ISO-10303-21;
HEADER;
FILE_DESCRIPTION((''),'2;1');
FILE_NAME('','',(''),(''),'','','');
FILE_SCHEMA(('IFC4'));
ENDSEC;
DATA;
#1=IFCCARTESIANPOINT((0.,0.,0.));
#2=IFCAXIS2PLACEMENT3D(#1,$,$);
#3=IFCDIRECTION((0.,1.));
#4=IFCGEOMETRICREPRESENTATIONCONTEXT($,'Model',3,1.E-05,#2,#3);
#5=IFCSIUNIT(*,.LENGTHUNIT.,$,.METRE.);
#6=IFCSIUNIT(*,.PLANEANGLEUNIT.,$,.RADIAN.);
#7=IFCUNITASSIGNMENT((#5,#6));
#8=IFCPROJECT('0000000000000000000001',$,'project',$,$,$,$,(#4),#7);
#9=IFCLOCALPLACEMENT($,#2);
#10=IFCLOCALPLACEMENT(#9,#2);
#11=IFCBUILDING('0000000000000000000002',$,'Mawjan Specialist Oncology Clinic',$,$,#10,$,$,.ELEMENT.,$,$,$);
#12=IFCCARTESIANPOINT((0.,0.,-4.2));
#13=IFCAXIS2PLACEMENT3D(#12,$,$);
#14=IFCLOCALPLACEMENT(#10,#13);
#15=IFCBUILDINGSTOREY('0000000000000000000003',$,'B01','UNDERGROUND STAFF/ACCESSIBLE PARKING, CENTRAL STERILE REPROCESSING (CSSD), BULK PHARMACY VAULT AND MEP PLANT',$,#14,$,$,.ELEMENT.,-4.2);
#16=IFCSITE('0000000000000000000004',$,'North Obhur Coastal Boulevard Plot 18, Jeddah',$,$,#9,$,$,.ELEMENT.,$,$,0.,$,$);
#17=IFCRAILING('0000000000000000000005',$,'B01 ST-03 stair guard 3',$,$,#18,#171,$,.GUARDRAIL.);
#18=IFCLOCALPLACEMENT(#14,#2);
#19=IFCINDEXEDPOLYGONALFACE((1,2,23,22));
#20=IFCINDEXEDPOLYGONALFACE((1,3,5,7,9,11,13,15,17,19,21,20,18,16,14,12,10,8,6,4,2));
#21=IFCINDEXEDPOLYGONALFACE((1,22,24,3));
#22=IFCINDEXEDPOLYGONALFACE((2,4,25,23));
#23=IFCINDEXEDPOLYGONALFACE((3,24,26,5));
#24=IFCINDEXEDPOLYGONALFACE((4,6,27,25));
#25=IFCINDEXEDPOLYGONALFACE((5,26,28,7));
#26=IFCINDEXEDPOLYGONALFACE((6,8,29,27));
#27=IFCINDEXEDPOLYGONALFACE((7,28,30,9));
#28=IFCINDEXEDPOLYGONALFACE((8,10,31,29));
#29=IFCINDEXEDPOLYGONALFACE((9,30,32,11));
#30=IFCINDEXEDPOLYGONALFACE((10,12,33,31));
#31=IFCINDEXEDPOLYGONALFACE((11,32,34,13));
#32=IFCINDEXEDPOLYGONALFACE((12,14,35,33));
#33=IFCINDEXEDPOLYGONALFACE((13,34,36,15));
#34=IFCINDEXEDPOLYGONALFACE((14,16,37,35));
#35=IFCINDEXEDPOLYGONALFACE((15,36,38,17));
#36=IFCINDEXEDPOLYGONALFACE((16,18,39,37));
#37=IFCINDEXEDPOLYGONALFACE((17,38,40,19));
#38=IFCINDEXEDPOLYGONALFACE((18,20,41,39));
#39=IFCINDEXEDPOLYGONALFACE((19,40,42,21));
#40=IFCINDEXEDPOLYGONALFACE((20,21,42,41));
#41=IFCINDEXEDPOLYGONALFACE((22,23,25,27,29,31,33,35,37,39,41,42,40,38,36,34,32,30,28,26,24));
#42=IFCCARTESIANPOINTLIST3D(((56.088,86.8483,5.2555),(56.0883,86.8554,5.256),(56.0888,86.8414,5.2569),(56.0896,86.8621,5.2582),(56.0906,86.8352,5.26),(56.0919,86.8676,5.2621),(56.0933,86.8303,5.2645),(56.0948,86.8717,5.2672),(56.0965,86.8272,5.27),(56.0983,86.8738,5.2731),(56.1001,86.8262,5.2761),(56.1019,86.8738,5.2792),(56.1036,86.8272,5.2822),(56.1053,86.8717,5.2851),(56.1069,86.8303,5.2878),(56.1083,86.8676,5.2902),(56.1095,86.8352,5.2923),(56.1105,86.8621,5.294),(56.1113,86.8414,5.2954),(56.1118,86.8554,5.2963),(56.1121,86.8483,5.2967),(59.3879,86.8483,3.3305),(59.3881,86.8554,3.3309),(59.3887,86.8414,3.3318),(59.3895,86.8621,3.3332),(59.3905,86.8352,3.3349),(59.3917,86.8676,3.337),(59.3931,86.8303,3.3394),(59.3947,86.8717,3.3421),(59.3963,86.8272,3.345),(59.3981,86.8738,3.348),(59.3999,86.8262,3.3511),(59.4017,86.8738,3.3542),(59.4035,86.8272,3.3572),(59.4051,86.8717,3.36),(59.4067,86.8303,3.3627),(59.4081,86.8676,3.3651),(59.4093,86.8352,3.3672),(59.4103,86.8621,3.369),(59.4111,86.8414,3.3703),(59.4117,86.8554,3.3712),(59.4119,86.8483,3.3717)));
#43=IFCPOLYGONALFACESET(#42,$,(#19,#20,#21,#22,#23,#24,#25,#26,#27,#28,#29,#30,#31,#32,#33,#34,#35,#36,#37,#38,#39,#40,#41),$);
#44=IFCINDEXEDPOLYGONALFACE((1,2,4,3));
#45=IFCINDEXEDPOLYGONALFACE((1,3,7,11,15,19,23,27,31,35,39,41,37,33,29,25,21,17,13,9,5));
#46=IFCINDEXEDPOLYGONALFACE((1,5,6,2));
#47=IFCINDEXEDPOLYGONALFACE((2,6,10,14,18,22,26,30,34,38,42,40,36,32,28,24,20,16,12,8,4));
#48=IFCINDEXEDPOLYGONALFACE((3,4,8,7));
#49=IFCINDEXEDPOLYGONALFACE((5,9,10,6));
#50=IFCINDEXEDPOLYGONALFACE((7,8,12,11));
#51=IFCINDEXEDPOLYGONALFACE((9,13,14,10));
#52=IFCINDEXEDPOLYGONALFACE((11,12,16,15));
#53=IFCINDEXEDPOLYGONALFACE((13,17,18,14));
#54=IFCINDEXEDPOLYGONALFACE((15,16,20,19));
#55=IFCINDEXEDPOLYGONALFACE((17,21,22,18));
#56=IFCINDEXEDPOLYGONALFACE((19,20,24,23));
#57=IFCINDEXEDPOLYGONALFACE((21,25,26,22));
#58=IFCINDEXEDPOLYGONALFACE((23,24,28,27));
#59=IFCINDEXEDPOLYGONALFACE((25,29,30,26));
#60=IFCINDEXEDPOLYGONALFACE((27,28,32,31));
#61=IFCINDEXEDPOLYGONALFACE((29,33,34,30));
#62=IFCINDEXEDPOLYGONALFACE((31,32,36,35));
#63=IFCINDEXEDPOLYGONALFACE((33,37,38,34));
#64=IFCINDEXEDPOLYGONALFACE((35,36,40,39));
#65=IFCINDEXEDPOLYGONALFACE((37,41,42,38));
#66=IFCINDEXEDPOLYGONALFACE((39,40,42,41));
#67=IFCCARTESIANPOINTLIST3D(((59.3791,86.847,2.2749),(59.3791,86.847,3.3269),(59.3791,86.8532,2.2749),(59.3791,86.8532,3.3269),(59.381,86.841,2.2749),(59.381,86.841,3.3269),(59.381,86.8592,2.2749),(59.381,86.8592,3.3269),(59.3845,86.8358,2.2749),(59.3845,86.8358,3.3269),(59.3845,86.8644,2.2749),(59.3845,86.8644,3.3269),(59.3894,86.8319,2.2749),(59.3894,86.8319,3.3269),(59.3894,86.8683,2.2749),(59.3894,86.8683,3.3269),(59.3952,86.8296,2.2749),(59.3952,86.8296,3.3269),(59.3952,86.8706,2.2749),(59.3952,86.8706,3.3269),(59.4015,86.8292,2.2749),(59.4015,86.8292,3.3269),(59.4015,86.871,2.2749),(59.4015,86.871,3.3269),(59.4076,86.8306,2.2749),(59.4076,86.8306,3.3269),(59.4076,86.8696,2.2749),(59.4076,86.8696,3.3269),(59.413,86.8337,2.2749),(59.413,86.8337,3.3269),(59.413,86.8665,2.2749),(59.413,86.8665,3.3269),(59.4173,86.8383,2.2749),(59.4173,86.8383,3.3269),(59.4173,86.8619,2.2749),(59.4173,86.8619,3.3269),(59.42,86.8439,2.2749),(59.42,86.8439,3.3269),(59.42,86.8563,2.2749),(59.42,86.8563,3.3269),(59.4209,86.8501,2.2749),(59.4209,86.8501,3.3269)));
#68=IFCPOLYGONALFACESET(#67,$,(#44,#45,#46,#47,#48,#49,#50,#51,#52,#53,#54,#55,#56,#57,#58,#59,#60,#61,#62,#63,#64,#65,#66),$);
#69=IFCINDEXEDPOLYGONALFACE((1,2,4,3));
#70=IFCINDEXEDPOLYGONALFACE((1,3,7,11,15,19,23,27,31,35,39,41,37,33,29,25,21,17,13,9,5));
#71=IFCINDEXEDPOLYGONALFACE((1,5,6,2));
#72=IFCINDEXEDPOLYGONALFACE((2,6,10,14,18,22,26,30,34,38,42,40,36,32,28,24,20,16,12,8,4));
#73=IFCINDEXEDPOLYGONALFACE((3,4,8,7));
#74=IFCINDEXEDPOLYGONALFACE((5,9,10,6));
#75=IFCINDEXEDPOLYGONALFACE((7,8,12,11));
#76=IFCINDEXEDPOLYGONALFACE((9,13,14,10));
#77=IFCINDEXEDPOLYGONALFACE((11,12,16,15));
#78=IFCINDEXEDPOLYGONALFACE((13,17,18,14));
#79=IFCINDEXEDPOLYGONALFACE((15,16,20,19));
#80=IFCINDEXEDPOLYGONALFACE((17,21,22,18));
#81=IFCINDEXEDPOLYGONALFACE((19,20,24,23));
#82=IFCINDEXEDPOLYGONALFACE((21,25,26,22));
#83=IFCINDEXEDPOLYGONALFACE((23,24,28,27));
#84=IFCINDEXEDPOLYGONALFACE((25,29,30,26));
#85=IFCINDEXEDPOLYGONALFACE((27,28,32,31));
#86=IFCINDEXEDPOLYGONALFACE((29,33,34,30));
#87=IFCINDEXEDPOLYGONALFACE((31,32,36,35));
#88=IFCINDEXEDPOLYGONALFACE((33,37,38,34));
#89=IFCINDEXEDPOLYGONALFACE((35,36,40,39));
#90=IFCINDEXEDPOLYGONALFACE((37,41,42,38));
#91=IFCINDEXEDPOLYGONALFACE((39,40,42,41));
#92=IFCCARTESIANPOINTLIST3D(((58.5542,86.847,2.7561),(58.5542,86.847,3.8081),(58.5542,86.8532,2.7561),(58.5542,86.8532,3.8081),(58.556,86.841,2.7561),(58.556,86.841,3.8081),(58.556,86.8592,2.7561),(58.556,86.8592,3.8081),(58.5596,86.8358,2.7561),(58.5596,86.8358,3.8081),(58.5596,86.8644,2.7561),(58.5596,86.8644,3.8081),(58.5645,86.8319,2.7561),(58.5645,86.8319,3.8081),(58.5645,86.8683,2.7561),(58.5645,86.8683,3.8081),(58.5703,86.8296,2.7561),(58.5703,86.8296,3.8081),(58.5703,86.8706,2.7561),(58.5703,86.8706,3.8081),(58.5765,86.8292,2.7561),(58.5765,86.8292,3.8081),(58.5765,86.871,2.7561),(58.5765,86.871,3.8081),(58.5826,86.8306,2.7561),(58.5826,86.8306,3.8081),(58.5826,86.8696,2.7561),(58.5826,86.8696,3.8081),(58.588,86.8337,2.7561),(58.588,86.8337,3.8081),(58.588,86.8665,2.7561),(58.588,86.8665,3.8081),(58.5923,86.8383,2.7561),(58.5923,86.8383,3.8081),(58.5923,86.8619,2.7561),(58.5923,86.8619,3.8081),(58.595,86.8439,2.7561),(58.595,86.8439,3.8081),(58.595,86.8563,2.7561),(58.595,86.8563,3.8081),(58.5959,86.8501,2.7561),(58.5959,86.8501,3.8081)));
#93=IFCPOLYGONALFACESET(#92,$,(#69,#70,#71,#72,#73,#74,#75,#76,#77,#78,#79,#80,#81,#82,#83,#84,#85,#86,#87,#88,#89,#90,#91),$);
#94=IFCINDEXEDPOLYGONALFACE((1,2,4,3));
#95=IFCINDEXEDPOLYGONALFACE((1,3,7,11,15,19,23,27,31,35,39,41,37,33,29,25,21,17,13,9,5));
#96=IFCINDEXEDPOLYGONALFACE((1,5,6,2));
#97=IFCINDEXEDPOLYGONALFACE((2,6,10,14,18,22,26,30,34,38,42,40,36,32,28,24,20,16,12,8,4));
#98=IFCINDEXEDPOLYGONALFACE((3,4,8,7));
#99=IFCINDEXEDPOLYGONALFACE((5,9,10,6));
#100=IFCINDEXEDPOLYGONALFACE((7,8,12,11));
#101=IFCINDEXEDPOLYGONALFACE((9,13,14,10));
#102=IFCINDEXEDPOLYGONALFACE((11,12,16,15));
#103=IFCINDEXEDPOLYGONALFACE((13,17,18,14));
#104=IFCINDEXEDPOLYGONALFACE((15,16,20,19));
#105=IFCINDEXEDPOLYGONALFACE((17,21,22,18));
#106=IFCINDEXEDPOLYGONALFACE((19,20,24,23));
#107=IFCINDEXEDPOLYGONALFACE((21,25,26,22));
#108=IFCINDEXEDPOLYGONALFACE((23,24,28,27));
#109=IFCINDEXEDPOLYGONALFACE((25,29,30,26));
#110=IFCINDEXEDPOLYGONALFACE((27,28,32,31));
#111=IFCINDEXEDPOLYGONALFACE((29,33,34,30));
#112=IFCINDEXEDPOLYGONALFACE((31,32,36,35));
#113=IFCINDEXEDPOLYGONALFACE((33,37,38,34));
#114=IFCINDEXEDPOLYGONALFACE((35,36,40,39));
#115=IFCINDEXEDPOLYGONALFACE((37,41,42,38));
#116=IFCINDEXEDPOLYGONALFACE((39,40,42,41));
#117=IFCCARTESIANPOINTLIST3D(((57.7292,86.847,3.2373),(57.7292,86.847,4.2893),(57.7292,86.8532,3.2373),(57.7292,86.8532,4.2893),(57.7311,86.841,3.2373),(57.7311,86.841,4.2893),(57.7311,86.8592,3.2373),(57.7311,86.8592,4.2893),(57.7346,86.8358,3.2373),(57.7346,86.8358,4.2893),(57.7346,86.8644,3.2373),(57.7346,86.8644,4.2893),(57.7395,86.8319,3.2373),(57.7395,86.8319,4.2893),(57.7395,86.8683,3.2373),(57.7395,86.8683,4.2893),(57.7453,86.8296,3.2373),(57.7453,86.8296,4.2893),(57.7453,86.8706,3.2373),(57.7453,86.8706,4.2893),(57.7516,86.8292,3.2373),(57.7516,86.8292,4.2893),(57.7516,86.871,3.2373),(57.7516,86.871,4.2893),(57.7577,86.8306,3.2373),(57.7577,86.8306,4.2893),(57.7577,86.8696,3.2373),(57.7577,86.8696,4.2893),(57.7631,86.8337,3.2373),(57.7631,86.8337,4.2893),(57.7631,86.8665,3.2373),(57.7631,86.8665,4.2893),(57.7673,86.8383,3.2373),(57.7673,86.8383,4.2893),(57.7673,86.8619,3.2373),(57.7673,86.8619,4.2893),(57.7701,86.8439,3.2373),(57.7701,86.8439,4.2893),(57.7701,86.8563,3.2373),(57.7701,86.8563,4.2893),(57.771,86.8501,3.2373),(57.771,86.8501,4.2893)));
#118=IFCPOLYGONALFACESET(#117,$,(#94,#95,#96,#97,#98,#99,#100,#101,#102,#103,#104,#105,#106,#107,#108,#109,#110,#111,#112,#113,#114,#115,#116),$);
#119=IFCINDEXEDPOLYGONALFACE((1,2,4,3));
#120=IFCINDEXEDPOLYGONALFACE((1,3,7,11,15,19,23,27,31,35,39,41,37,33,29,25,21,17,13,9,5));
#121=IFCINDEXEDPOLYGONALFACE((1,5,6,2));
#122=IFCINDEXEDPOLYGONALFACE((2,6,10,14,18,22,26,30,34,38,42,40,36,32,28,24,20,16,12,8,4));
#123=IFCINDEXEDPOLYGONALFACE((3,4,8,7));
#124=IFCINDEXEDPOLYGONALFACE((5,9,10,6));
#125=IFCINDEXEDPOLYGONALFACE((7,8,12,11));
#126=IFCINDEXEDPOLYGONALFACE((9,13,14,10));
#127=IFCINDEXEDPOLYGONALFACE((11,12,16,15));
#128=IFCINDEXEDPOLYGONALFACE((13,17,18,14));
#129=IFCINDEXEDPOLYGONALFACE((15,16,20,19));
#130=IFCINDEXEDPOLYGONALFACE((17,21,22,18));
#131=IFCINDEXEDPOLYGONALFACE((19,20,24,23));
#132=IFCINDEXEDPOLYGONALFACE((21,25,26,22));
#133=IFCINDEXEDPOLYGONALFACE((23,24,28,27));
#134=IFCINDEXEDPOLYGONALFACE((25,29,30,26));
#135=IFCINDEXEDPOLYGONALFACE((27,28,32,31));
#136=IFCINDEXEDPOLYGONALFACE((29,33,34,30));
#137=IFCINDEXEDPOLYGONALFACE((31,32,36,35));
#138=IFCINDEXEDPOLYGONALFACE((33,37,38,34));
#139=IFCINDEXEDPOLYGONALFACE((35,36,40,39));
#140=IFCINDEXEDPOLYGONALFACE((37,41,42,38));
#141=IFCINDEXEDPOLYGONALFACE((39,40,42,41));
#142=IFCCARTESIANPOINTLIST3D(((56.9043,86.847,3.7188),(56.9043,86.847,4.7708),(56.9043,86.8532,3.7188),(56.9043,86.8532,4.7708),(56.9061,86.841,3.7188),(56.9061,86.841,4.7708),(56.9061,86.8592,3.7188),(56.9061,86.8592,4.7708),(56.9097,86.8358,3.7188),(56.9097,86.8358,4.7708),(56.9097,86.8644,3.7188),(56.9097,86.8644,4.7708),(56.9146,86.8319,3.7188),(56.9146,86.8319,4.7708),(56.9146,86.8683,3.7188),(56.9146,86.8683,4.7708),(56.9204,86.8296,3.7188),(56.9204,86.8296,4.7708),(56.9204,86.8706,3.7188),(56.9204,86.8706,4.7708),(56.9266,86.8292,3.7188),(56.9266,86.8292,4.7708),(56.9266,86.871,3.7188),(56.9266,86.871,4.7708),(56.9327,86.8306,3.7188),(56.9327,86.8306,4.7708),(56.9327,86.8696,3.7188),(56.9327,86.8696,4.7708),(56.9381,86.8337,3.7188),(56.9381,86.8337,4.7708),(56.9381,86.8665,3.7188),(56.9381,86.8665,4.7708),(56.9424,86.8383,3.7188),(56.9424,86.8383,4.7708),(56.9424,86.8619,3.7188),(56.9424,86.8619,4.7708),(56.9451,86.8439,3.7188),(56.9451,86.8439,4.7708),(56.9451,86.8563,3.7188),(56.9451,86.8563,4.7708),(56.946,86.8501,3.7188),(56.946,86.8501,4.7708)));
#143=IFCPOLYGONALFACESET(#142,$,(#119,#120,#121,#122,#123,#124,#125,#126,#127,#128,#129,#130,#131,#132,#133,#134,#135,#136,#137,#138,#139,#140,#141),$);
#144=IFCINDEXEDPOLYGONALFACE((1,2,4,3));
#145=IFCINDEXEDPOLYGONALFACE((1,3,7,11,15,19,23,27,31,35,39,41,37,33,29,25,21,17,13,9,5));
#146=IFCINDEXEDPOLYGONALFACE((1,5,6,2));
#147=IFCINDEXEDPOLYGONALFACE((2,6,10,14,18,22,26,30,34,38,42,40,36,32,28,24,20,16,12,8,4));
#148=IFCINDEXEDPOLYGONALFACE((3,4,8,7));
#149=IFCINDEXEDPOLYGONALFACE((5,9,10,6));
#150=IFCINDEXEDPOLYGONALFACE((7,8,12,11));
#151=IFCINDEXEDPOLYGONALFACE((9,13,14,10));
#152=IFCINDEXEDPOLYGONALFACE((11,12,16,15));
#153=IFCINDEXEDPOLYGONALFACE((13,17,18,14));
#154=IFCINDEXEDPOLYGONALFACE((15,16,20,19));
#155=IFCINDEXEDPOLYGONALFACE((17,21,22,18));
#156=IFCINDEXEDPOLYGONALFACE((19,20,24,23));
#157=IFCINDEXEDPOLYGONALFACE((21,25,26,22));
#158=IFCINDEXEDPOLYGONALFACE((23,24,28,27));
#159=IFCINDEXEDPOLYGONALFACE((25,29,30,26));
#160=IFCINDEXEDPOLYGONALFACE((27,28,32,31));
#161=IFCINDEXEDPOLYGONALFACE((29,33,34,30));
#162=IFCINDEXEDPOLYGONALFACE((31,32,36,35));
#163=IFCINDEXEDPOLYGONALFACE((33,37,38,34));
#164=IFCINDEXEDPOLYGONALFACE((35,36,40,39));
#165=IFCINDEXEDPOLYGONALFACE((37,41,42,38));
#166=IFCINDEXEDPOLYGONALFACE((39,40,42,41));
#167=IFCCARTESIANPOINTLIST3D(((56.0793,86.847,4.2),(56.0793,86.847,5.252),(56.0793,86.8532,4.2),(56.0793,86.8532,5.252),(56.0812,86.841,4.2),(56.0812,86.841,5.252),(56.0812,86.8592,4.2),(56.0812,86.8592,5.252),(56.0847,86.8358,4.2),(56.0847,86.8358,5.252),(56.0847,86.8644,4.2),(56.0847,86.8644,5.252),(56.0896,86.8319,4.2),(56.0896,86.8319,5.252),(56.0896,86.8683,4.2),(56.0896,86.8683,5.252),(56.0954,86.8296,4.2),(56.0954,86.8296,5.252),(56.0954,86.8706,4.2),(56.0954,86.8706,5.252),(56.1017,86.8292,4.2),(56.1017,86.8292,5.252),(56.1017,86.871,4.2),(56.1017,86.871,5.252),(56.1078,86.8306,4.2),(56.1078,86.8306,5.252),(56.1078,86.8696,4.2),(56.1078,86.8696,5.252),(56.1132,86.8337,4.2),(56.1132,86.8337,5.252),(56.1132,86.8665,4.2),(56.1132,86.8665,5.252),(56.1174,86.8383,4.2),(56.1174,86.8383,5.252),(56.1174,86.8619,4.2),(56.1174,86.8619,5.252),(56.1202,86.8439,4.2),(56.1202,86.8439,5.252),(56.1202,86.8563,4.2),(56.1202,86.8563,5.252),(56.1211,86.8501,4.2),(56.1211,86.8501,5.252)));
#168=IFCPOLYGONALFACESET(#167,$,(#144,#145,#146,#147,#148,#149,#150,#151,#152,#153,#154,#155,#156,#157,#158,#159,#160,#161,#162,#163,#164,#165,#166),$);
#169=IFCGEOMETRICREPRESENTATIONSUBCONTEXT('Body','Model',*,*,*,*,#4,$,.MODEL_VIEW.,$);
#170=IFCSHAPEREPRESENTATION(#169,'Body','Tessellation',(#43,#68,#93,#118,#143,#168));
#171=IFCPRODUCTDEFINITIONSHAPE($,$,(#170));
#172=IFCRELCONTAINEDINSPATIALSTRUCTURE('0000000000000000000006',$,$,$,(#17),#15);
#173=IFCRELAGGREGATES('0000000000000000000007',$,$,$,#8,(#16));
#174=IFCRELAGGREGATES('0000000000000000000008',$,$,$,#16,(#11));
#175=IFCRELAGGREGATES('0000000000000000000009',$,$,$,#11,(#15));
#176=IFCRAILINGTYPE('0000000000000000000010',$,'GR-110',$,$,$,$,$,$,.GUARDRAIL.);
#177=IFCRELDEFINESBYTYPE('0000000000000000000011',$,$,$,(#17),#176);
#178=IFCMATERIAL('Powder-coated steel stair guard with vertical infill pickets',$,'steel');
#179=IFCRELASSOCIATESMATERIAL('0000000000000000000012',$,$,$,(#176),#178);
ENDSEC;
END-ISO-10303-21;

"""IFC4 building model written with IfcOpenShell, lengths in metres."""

from ifc_helpers import new_model, si_unit, direction, frame, origin, origin_2d, place, context, subcontext, project, spatial, circle, extrude, material, type_object, element, save


model = new_model("IFC4")

# Units and contexts
model_context = context("Model", 3, precision=1e-05, world=origin(), true_north=direction((0.0, 1.0)))
body_context = subcontext(model_context, "Body", "Model", "MODEL_VIEW")
ifc_project = project(units=[si_unit("LENGTHUNIT", "METRE"), si_unit("PLANEANGLEUNIT", "RADIAN")], contexts=[model_context])

# Site, building, storey
site_placement = place(None, origin())
site = spatial("IfcSite", under=ifc_project, at=site_placement, Name="North Obhur Coastal Boulevard Plot 18, Jeddah", CompositionType="ELEMENT", RefElevation=0.0)
building_placement = place(site_placement, origin())
building = spatial("IfcBuilding", under=site, at=building_placement, Name="Mawjan Specialist Oncology Clinic", CompositionType="ELEMENT")
storey_placement = place(building_placement, frame((0.0, 0.0, -4.2)))
storey = spatial("IfcBuildingStorey", under=building, at=storey_placement, Name="B01", Description="UNDERGROUND STAFF/ACCESSIBLE PARKING, CENTRAL STERILE REPROCESSING (CSSD), BULK PHARMACY VAULT AND MEP PLANT", CompositionType="ELEMENT", Elevation=-4.2)

# Railing
ifc_material_1 = material(Name="Powder-coated steel stair guard with vertical infill pickets", Category="steel")
railing_type_1 = type_object("IfcRailingType", Name="GR-110", PredefinedType="GUARDRAIL", material=ifc_material_1)
railing_1_placement = place(storey_placement, frame((59.3999, 86.8501, 2.2749)))
element("IfcRailing", 1, at=railing_1_placement, inside=storey, type_object=railing_type_1, Name="B01 ST-03 stair guard 3", PredefinedType="GUARDRAIL", context=body_context, shape_type="SweptSolid", body=[
    extrude(circle(Radius=0.0239, at=origin_2d()), frame((0.0, 0.0, 1.0762), z_axis=(-0.86376, 0.0, 0.503903), x_axis=(0.0, -1.0, 0.0)), (0.0, 0.0, 1.0), 3.8203),
    extrude(circle(Radius=0.021, at=origin_2d()), origin(), (0.0, 0.0, 1.0), 1.052),
    extrude(circle(Radius=0.021, at=origin_2d()), frame((-0.825, 0.0, 0.4812)), (0.0, 0.0, 1.0), 1.052),
    extrude(circle(Radius=0.021, at=origin_2d()), frame((-1.6499, 0.0, 0.9624)), (0.0, 0.0, 1.0), 1.052),
    extrude(circle(Radius=0.021, at=origin_2d()), frame((-2.4749, 0.0, 1.4438)), (0.0, 0.0, 1.0), 1.052),
    extrude(circle(Radius=0.021, at=origin_2d()), frame((-3.2998, 0.0, 1.925)), (0.0, 0.0, 1.0), 1.052),
])

save(model, "model.ifc")
